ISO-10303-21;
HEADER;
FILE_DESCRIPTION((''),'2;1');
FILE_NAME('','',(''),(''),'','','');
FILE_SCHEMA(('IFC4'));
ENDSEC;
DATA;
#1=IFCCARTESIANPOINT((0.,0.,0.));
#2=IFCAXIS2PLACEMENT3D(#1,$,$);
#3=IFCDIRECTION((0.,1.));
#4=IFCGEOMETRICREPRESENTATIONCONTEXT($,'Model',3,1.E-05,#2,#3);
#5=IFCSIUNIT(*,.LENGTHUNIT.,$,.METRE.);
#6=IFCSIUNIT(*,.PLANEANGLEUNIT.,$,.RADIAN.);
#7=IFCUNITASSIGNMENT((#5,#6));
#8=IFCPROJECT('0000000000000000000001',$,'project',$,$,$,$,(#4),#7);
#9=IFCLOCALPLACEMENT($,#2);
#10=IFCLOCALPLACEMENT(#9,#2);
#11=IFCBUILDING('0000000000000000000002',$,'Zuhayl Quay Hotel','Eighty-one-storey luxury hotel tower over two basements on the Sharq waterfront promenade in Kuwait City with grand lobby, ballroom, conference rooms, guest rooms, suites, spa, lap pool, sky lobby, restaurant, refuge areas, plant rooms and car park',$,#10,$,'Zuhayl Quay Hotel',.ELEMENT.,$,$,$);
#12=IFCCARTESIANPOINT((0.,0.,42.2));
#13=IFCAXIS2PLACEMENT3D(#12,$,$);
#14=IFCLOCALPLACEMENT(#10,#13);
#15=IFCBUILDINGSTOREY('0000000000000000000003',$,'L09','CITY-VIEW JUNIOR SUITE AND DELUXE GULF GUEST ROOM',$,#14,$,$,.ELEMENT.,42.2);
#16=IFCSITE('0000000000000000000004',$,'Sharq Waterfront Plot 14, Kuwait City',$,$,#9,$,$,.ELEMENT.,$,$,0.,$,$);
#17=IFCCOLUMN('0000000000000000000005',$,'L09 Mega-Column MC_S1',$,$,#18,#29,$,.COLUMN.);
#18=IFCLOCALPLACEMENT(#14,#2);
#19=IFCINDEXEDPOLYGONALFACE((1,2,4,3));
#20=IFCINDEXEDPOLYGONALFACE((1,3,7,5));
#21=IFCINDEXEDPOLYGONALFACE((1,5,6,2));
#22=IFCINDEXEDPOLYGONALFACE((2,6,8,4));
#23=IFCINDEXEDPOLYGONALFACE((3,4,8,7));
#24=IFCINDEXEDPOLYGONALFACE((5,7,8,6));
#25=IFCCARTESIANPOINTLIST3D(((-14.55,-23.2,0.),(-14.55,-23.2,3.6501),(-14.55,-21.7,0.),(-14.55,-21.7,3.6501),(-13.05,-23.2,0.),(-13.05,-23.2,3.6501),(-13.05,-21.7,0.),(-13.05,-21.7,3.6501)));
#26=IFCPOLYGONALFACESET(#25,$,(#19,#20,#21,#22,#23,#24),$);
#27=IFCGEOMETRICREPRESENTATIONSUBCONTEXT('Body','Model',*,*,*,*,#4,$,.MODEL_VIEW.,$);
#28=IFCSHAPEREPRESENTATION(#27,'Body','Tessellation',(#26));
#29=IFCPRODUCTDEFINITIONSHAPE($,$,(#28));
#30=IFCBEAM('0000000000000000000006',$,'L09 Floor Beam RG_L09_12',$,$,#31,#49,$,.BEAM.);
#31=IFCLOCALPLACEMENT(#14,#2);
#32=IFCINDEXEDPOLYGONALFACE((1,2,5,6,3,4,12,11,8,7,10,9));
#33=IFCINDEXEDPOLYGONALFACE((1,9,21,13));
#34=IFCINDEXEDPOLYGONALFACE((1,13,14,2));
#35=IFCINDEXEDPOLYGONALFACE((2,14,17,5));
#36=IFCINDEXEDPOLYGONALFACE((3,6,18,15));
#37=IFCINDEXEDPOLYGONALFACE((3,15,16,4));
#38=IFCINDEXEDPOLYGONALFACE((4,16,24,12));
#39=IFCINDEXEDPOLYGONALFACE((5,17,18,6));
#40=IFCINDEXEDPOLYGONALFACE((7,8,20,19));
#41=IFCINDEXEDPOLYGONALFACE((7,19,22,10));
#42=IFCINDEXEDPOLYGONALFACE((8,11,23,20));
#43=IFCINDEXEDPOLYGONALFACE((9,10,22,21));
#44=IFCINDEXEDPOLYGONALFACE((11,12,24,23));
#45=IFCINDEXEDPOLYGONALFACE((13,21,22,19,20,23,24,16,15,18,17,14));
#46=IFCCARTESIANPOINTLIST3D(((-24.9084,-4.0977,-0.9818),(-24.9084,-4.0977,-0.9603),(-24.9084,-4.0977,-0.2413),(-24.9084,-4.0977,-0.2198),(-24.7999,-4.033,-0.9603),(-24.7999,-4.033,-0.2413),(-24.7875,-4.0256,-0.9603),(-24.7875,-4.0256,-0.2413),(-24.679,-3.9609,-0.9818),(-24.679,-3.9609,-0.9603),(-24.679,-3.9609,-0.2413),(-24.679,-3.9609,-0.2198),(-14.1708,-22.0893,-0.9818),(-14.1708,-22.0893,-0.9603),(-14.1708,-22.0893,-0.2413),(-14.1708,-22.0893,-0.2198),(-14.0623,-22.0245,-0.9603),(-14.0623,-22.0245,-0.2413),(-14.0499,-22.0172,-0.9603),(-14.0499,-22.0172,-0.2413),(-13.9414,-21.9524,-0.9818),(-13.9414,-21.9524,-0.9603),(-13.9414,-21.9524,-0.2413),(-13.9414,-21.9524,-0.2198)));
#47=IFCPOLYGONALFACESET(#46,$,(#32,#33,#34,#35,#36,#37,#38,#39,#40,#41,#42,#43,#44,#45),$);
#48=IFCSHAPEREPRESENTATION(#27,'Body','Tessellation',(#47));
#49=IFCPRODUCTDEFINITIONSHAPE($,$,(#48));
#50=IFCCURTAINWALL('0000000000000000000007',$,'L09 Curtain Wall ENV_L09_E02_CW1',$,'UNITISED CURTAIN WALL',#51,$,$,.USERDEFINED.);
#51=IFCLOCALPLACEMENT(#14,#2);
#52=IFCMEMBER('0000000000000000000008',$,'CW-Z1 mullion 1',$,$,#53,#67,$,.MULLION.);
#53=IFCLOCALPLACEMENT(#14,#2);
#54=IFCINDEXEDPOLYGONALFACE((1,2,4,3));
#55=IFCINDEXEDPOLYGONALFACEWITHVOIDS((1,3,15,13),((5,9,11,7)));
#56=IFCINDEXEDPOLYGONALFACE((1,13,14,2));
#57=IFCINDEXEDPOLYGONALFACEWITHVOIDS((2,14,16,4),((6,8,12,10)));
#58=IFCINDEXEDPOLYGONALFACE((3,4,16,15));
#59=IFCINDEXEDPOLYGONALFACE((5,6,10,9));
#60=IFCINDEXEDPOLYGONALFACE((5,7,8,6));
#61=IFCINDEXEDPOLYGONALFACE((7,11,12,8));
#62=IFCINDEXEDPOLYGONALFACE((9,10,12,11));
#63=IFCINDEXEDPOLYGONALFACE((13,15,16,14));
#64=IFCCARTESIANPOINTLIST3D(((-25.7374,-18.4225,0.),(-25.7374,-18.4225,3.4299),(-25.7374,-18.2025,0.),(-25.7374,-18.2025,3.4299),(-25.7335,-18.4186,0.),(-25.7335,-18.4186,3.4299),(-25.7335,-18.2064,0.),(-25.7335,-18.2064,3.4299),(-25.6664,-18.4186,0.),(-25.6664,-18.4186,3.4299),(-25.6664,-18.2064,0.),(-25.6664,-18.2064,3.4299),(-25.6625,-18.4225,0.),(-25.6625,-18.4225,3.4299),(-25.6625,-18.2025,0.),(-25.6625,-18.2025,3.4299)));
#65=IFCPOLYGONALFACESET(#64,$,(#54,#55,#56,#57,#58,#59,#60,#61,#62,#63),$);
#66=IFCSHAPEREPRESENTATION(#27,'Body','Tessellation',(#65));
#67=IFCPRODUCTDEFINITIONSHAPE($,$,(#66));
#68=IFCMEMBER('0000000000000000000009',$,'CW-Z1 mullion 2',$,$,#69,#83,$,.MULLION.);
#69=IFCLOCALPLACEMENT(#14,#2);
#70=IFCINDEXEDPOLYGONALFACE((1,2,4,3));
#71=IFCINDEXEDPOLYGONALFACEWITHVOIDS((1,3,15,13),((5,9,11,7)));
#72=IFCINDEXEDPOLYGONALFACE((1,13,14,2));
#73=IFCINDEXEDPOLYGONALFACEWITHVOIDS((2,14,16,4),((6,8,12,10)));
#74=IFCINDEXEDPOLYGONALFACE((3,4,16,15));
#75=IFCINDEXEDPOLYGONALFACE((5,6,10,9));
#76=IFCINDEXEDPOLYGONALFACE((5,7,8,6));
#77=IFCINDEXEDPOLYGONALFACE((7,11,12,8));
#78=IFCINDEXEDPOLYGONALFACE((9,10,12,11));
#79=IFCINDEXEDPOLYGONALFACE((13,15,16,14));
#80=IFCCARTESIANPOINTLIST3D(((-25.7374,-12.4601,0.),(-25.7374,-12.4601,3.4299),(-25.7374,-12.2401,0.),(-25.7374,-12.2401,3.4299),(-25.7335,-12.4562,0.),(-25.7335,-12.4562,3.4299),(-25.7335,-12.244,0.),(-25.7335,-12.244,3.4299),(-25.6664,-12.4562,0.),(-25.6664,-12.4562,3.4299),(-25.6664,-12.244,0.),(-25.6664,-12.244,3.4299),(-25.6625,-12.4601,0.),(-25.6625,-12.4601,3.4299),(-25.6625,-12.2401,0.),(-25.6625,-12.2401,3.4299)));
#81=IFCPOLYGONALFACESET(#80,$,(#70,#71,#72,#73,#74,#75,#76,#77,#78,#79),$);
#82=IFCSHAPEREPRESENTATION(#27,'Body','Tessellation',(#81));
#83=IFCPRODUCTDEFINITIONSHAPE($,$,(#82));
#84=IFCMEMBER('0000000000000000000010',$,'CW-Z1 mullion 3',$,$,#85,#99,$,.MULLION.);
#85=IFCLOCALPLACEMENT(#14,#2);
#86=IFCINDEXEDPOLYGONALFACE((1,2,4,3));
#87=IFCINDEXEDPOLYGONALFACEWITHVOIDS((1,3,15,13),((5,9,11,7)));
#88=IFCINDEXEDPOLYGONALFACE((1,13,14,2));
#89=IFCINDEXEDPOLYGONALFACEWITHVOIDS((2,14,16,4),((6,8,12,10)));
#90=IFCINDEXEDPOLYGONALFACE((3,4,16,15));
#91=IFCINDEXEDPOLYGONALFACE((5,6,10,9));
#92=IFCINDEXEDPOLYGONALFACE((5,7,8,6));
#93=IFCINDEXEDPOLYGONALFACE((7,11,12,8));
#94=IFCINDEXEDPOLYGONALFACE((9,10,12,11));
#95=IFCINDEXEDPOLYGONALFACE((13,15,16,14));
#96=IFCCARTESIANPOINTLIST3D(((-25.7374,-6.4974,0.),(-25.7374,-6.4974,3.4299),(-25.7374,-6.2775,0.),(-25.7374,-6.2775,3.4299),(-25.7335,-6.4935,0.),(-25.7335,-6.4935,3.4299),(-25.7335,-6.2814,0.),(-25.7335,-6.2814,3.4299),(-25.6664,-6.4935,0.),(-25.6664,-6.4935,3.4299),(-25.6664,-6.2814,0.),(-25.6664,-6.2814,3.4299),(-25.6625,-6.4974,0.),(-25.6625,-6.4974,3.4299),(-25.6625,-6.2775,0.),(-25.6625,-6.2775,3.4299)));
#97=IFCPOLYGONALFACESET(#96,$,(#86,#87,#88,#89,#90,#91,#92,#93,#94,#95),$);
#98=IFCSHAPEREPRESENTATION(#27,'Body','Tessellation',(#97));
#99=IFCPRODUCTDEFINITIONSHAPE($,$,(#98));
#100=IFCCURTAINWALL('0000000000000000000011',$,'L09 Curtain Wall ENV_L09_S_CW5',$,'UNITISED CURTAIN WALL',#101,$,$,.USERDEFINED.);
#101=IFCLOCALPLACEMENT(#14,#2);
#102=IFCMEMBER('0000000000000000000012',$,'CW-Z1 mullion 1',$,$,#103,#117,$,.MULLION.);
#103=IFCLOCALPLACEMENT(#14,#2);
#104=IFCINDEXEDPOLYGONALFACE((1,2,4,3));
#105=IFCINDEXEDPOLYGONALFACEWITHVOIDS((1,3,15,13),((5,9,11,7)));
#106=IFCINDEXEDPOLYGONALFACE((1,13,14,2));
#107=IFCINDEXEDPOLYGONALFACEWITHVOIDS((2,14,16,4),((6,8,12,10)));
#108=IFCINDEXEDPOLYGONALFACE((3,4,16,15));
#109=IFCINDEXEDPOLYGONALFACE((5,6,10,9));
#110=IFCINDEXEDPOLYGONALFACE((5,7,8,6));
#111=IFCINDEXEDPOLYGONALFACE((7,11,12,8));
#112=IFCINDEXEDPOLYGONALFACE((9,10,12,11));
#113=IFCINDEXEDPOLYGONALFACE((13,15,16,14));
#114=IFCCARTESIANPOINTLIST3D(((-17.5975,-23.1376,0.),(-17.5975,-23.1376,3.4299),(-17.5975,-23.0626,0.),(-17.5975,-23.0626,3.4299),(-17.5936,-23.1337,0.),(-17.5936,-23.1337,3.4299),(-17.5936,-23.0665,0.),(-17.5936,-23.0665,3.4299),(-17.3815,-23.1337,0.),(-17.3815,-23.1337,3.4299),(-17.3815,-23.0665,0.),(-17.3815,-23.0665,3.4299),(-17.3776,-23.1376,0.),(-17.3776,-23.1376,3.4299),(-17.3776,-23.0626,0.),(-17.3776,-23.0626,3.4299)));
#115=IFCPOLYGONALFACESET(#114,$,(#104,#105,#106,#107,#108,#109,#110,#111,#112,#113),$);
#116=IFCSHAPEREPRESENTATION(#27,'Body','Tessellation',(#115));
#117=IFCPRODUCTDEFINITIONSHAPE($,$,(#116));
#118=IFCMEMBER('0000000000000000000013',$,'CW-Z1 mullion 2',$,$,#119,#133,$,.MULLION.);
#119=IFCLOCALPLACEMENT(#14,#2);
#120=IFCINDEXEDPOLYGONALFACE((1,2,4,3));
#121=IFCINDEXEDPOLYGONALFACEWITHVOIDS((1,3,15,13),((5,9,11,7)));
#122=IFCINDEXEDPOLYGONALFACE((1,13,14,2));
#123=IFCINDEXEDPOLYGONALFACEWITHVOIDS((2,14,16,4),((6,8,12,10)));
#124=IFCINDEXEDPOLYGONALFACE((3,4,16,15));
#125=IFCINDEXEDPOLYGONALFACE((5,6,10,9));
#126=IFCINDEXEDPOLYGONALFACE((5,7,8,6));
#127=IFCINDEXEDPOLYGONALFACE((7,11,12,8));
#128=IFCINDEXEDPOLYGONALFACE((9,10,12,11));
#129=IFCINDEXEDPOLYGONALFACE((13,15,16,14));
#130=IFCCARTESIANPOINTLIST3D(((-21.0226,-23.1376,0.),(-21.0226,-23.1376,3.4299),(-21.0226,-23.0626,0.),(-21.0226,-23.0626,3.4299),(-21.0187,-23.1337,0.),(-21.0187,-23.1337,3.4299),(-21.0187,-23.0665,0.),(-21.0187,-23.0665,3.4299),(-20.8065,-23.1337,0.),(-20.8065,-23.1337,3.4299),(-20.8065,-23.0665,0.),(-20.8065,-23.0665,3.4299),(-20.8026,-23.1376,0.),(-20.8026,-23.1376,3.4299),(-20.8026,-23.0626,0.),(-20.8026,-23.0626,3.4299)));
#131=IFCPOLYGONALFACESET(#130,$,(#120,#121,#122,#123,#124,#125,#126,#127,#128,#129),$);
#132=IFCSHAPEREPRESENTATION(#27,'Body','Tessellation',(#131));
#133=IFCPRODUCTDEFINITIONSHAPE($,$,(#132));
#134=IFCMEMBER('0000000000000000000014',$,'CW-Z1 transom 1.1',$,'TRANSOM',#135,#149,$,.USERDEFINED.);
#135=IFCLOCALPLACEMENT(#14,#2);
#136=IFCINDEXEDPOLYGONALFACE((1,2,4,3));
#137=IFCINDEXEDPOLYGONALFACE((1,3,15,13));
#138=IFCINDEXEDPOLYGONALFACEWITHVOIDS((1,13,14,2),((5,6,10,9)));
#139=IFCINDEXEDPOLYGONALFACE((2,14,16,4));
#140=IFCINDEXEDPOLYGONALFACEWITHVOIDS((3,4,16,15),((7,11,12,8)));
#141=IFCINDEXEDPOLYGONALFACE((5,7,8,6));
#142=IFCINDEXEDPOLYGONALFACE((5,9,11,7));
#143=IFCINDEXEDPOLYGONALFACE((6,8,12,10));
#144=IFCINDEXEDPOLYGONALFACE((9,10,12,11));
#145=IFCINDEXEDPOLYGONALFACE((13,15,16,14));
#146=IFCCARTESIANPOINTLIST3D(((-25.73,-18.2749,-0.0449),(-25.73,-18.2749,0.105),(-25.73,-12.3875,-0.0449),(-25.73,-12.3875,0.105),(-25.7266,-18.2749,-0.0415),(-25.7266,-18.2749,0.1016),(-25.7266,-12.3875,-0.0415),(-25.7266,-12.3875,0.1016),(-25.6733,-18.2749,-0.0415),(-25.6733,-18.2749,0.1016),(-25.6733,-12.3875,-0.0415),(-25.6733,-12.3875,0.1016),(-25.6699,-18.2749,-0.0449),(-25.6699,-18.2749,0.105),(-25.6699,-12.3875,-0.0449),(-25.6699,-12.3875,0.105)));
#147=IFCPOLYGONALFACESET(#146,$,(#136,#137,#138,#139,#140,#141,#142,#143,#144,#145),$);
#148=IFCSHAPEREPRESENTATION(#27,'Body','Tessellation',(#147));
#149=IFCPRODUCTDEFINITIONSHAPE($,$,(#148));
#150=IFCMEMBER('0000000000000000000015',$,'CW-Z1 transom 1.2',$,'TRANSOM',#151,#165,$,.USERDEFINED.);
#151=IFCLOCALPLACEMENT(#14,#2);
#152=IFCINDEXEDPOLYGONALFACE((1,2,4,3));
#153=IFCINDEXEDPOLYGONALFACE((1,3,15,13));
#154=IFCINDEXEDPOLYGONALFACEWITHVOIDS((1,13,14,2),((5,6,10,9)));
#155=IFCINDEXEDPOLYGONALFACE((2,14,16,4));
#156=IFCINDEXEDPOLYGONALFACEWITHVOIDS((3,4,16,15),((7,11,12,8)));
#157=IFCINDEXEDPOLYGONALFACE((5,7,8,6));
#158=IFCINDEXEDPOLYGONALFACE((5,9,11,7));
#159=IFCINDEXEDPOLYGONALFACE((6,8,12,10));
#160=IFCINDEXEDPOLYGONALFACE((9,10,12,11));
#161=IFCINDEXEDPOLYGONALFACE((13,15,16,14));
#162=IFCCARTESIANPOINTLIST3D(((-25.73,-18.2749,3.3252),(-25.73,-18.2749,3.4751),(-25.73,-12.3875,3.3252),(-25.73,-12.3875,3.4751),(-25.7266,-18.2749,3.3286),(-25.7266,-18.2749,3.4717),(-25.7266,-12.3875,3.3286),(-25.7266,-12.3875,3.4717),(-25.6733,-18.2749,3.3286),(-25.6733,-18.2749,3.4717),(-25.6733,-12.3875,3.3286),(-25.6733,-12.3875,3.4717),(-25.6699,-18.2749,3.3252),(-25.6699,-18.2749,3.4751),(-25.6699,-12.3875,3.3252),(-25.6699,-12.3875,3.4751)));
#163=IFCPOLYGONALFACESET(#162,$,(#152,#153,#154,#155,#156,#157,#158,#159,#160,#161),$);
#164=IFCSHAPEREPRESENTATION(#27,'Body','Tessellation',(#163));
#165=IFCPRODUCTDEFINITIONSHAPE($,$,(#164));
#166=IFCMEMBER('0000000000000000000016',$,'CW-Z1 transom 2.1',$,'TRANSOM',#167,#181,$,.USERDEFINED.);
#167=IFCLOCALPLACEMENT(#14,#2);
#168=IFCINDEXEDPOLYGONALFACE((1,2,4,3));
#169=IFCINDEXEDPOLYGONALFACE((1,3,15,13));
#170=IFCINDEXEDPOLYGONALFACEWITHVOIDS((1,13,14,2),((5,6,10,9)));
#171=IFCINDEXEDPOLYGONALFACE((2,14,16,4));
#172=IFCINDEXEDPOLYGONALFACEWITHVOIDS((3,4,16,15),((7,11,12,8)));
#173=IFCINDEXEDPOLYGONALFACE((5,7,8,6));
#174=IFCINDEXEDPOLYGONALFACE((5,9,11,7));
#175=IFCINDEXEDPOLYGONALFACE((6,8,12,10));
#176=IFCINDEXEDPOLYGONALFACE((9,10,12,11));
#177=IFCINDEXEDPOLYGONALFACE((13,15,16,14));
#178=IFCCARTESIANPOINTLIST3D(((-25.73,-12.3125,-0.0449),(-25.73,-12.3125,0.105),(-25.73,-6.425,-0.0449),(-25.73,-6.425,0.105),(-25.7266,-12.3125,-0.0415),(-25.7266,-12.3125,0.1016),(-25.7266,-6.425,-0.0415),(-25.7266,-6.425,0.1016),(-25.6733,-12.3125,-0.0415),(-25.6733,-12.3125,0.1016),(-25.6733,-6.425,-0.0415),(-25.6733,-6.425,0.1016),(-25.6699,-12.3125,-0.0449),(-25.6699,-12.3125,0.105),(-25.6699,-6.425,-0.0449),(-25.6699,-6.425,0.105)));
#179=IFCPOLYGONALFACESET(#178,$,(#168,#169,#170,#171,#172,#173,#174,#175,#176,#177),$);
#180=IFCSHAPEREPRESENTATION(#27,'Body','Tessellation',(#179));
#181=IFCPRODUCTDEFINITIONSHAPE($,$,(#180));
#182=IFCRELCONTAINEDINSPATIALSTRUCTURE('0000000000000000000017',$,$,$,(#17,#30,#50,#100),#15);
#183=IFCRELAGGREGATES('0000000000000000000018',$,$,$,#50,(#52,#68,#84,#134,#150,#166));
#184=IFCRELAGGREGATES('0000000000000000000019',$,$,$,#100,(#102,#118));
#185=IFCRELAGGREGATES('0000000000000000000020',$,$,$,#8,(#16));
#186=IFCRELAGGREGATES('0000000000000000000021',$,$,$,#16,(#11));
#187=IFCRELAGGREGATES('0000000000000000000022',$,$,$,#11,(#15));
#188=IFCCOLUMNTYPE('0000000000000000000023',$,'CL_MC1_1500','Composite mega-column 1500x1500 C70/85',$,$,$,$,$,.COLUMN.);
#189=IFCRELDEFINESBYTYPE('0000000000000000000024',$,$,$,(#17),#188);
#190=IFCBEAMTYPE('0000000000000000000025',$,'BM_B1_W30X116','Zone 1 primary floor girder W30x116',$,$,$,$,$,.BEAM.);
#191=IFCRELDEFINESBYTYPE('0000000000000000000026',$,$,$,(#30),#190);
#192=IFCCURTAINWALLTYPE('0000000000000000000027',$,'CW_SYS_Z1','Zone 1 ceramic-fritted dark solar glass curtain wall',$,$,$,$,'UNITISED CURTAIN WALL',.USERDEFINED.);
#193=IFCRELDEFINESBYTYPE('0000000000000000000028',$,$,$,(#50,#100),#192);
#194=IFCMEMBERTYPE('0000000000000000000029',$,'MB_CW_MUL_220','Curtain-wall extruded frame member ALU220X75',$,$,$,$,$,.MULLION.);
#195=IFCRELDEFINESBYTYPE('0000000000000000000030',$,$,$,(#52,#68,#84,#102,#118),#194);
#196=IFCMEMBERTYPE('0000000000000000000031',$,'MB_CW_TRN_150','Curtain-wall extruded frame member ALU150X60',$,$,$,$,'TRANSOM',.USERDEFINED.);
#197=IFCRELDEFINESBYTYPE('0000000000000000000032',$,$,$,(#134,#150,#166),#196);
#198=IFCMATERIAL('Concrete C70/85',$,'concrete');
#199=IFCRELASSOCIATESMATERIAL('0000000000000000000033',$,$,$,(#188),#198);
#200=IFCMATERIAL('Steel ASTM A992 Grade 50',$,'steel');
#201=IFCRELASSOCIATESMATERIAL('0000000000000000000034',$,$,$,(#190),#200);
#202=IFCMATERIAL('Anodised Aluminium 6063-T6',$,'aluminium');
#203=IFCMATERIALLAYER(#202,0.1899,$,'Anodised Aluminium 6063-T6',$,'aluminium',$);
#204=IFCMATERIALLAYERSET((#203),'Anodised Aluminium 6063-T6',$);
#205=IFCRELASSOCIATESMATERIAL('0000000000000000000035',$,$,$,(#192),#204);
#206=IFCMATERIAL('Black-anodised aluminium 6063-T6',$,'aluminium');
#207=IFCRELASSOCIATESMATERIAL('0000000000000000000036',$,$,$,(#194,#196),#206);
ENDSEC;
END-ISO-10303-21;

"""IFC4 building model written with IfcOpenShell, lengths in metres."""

from ifc_helpers import new_model, si_unit, direction, frame, origin, origin_2d, place, context, subcontext, project, spatial, rectangle, hollow_rectangle, i_section, extrude, material, layer, layer_set, material_profile, profile_set, type_object, element, aggregate, save


model = new_model("IFC4")

# Units and contexts
model_context = context("Model", 3, precision=1e-05, world=origin(), true_north=direction((0.0, 1.0)))
body_context = subcontext(model_context, "Body", "Model", "MODEL_VIEW")
ifc_project = project(units=[si_unit("LENGTHUNIT", "METRE"), si_unit("PLANEANGLEUNIT", "RADIAN")], contexts=[model_context])

# Site, building, storey
site_placement = place(None, origin())
site = spatial("IfcSite", under=ifc_project, at=site_placement, Name="Sharq Waterfront Plot 14, Kuwait City", CompositionType="ELEMENT", RefElevation=0.0)
building_placement = place(site_placement, origin())
building = spatial("IfcBuilding", under=site, at=building_placement, Name="Zuhayl Quay Hotel", Description="Eighty-one-storey luxury hotel tower over two basements on the Sharq waterfront promenade in Kuwait City with grand lobby, ballroom, conference rooms, guest rooms, suites, spa, lap pool, sky lobby, restaurant, refuge areas, plant rooms and car park", LongName="Zuhayl Quay Hotel", CompositionType="ELEMENT")
storey_placement = place(building_placement, frame((0.0, 0.0, 42.2)))
storey = spatial("IfcBuildingStorey", under=building, at=storey_placement, Name="L09", Description="CITY-VIEW JUNIOR SUITE AND DELUXE GULF GUEST ROOM", CompositionType="ELEMENT", Elevation=42.2)

# Column
ifc_material_1 = material(Name="Concrete C70/85", Category="concrete")
ifc_material_profile_1 = material_profile(ifc_material_1, rectangle(XDim=1.5, YDim=1.5, at=origin_2d()), Name="RC1500X1500")
ifc_profile_set_1 = profile_set([ifc_material_profile_1], Name="Concrete C70/85")
column_type = type_object("IfcColumnType", Name="CL_MC1_1500", Description="Composite mega-column 1500x1500 C70/85", PredefinedType="COLUMN", material=ifc_profile_set_1)
column_placement = place(storey_placement, frame((-13.8, -22.45, 0.0), z_axis=(0.0, 0.0, 1.0), x_axis=(1.0, 0.0, 0.0)))
element("IfcColumn", 1, at=column_placement, inside=storey, type_object=column_type, Name="L09 Mega-Column MC_S1", PredefinedType="COLUMN", context=body_context, shape_type="SweptSolid", body=[
    extrude(rectangle(XDim=1.5, YDim=1.5, at=origin_2d()), origin(), (0.0, 0.0, 1.0), 3.6501),
])

# Beam
ifc_material_2 = material(Name="Steel ASTM A992 Grade 50", Category="steel")
ifc_material_profile_2 = material_profile(ifc_material_2, i_section(OverallWidth=0.2671, OverallDepth=0.762, WebThickness=0.0144, FlangeThickness=0.0215, at=origin_2d()), Name="W30X116")
ifc_profile_set_2 = profile_set([ifc_material_profile_2], Name="Steel ASTM A992 Grade 50")
beam_type = type_object("IfcBeamType", Name="BM_B1_W30X116", Description="Zone 1 primary floor girder W30x116", PredefinedType="BEAM", material=ifc_profile_set_2)
beam_placement = place(storey_placement, frame((-24.7937, -4.0293, -0.6008), z_axis=(0.512483, -0.858698, 0.0), x_axis=(0.858698, 0.512483, 0.0)))
element("IfcBeam", 2, at=beam_placement, inside=storey, type_object=beam_type, Name="L09 Floor Beam RG_L09_12", PredefinedType="BEAM", context=body_context, shape_type="SweptSolid", body=[
    extrude(i_section(OverallWidth=0.2671, OverallDepth=0.762, WebThickness=0.0144, FlangeThickness=0.0215, at=origin_2d()), origin(), (0.0, 0.0, 1.0), 20.9521),
])

# Curtain walls, members
ifc_material_3 = material(Name="Anodised Aluminium 6063-T6", Category="aluminium")
ifc_layer_1 = layer(ifc_material_3, 0.1899, Name="Anodised Aluminium 6063-T6", Category="aluminium")
ifc_layer_set_1 = layer_set([ifc_layer_1], Name="Anodised Aluminium 6063-T6")
curtain_wall_type = type_object("IfcCurtainWallType", Name="CW_SYS_Z1", Description="Zone 1 ceramic-fritted dark solar glass curtain wall", ElementType="UNITISED CURTAIN WALL", PredefinedType="USERDEFINED", material=ifc_layer_set_1)
curtain_wall_1_placement = place(storey_placement, origin())
curtain_wall_1 = element("IfcCurtainWall", 3, at=curtain_wall_1_placement, inside=storey, type_object=curtain_wall_type, Name="L09 Curtain Wall ENV_L09_E02_CW1", ObjectType="UNITISED CURTAIN WALL", PredefinedType="USERDEFINED")
ifc_material_4 = material(Name="Black-anodised aluminium 6063-T6", Category="aluminium")
ifc_material_profile_3 = material_profile(ifc_material_4, hollow_rectangle(XDim=0.075, YDim=0.22, WallThickness=0.0039, at=origin_2d()), Name="ALU220X75")
ifc_profile_set_3 = profile_set([ifc_material_profile_3], Name="Black-anodised aluminium 6063-T6")
member_type_1 = type_object("IfcMemberType", Name="MB_CW_MUL_220", Description="Curtain-wall extruded frame member ALU220X75", PredefinedType="MULLION", material=ifc_profile_set_3)
member_1_placement = place(storey_placement, frame((-25.7, -18.3125, 0.0), z_axis=(0.0, 0.0, 1.0), x_axis=(-1.0, 0.0, 0.0)))
member_1 = element("IfcMember", 4, at=member_1_placement, type_object=member_type_1, Name="CW-Z1 mullion 1", PredefinedType="MULLION", context=body_context, shape_type="SweptSolid", body=[
    extrude(hollow_rectangle(XDim=0.075, YDim=0.22, WallThickness=0.0039, at=origin_2d()), origin(), (0.0, 0.0, 1.0), 3.4299),
])
member_2_placement = place(storey_placement, frame((-25.7, -12.3501, 0.0), z_axis=(0.0, 0.0, 1.0), x_axis=(-1.0, 0.0, 0.0)))
member_2 = element("IfcMember", 5, at=member_2_placement, type_object=member_type_1, Name="CW-Z1 mullion 2", PredefinedType="MULLION", context=body_context, shape_type="SweptSolid", body=[
    extrude(hollow_rectangle(XDim=0.075, YDim=0.22, WallThickness=0.0039, at=origin_2d()), origin(), (0.0, 0.0, 1.0), 3.4299),
])
member_3_placement = place(storey_placement, frame((-25.7, -6.3875, 0.0), z_axis=(0.0, 0.0, 1.0), x_axis=(-1.0, 0.0, 0.0)))
member_3 = element("IfcMember", 6, at=member_3_placement, type_object=member_type_1, Name="CW-Z1 mullion 3", PredefinedType="MULLION", context=body_context, shape_type="SweptSolid", body=[
    extrude(hollow_rectangle(XDim=0.075, YDim=0.22, WallThickness=0.0039, at=origin_2d()), origin(), (0.0, 0.0, 1.0), 3.4299),
])
curtain_wall_2_placement = place(storey_placement, origin())
curtain_wall_2 = element("IfcCurtainWall", 7, at=curtain_wall_2_placement, inside=storey, type_object=curtain_wall_type, Name="L09 Curtain Wall ENV_L09_S_CW5", ObjectType="UNITISED CURTAIN WALL", PredefinedType="USERDEFINED")
member_4_placement = place(storey_placement, frame((-17.4875, -23.1001, 0.0), z_axis=(0.0, 0.0, 1.0), x_axis=(0.0, -1.0, 0.0)))
member_4 = element("IfcMember", 8, at=member_4_placement, type_object=member_type_1, Name="CW-Z1 mullion 1", PredefinedType="MULLION", context=body_context, shape_type="SweptSolid", body=[
    extrude(hollow_rectangle(XDim=0.075, YDim=0.22, WallThickness=0.0039, at=origin_2d()), origin(), (0.0, 0.0, 1.0), 3.4299),
])
member_5_placement = place(storey_placement, frame((-20.9126, -23.1001, 0.0), z_axis=(0.0, 0.0, 1.0), x_axis=(0.0, -1.0, 0.0)))
member_5 = element("IfcMember", 9, at=member_5_placement, type_object=member_type_1, Name="CW-Z1 mullion 2", PredefinedType="MULLION", context=body_context, shape_type="SweptSolid", body=[
    extrude(hollow_rectangle(XDim=0.075, YDim=0.22, WallThickness=0.0039, at=origin_2d()), origin(), (0.0, 0.0, 1.0), 3.4299),
])

# Members
ifc_material_profile_4 = material_profile(ifc_material_4, hollow_rectangle(XDim=0.0601, YDim=0.1499, WallThickness=0.0034, at=origin_2d()), Name="ALU150X60")
ifc_profile_set_4 = profile_set([ifc_material_profile_4], Name="Black-anodised aluminium 6063-T6")
member_type_2 = type_object("IfcMemberType", Name="MB_CW_TRN_150", Description="Curtain-wall extruded frame member ALU150X60", ElementType="TRANSOM", PredefinedType="USERDEFINED", material=ifc_profile_set_4)
member_6_placement = place(storey_placement, frame((-25.7, -18.2749, 0.03), z_axis=(0.0, 1.0, 0.0), x_axis=(-1.0, 0.0, 0.0)))
member_6 = element("IfcMember", 10, at=member_6_placement, type_object=member_type_2, Name="CW-Z1 transom 1.1", ObjectType="TRANSOM", PredefinedType="USERDEFINED", context=body_context, shape_type="SweptSolid", body=[
    extrude(hollow_rectangle(XDim=0.0601, YDim=0.1499, WallThickness=0.0034, at=origin_2d()), origin(), (0.0, 0.0, 1.0), 5.8875),
])
member_7_placement = place(storey_placement, frame((-25.7, -18.2749, 3.4001), z_axis=(0.0, 1.0, 0.0), x_axis=(-1.0, 0.0, 0.0)))
member_7 = element("IfcMember", 11, at=member_7_placement, type_object=member_type_2, Name="CW-Z1 transom 1.2", ObjectType="TRANSOM", PredefinedType="USERDEFINED", context=body_context, shape_type="SweptSolid", body=[
    extrude(hollow_rectangle(XDim=0.0601, YDim=0.1499, WallThickness=0.0034, at=origin_2d()), origin(), (0.0, 0.0, 1.0), 5.8875),
])
member_8_placement = place(storey_placement, frame((-25.7, -12.3125, 0.03), z_axis=(0.0, 1.0, 0.0), x_axis=(-1.0, 0.0, 0.0)))
member_8 = element("IfcMember", 12, at=member_8_placement, type_object=member_type_2, Name="CW-Z1 transom 2.1", ObjectType="TRANSOM", PredefinedType="USERDEFINED", context=body_context, shape_type="SweptSolid", body=[
    extrude(hollow_rectangle(XDim=0.0601, YDim=0.1499, WallThickness=0.0034, at=origin_2d()), origin(), (0.0, 0.0, 1.0), 5.8875),
])

aggregate(curtain_wall_1, [member_1, member_2, member_3, member_6, member_7, member_8])
aggregate(curtain_wall_2, [member_4, member_5])

save(model, "model.ifc")
